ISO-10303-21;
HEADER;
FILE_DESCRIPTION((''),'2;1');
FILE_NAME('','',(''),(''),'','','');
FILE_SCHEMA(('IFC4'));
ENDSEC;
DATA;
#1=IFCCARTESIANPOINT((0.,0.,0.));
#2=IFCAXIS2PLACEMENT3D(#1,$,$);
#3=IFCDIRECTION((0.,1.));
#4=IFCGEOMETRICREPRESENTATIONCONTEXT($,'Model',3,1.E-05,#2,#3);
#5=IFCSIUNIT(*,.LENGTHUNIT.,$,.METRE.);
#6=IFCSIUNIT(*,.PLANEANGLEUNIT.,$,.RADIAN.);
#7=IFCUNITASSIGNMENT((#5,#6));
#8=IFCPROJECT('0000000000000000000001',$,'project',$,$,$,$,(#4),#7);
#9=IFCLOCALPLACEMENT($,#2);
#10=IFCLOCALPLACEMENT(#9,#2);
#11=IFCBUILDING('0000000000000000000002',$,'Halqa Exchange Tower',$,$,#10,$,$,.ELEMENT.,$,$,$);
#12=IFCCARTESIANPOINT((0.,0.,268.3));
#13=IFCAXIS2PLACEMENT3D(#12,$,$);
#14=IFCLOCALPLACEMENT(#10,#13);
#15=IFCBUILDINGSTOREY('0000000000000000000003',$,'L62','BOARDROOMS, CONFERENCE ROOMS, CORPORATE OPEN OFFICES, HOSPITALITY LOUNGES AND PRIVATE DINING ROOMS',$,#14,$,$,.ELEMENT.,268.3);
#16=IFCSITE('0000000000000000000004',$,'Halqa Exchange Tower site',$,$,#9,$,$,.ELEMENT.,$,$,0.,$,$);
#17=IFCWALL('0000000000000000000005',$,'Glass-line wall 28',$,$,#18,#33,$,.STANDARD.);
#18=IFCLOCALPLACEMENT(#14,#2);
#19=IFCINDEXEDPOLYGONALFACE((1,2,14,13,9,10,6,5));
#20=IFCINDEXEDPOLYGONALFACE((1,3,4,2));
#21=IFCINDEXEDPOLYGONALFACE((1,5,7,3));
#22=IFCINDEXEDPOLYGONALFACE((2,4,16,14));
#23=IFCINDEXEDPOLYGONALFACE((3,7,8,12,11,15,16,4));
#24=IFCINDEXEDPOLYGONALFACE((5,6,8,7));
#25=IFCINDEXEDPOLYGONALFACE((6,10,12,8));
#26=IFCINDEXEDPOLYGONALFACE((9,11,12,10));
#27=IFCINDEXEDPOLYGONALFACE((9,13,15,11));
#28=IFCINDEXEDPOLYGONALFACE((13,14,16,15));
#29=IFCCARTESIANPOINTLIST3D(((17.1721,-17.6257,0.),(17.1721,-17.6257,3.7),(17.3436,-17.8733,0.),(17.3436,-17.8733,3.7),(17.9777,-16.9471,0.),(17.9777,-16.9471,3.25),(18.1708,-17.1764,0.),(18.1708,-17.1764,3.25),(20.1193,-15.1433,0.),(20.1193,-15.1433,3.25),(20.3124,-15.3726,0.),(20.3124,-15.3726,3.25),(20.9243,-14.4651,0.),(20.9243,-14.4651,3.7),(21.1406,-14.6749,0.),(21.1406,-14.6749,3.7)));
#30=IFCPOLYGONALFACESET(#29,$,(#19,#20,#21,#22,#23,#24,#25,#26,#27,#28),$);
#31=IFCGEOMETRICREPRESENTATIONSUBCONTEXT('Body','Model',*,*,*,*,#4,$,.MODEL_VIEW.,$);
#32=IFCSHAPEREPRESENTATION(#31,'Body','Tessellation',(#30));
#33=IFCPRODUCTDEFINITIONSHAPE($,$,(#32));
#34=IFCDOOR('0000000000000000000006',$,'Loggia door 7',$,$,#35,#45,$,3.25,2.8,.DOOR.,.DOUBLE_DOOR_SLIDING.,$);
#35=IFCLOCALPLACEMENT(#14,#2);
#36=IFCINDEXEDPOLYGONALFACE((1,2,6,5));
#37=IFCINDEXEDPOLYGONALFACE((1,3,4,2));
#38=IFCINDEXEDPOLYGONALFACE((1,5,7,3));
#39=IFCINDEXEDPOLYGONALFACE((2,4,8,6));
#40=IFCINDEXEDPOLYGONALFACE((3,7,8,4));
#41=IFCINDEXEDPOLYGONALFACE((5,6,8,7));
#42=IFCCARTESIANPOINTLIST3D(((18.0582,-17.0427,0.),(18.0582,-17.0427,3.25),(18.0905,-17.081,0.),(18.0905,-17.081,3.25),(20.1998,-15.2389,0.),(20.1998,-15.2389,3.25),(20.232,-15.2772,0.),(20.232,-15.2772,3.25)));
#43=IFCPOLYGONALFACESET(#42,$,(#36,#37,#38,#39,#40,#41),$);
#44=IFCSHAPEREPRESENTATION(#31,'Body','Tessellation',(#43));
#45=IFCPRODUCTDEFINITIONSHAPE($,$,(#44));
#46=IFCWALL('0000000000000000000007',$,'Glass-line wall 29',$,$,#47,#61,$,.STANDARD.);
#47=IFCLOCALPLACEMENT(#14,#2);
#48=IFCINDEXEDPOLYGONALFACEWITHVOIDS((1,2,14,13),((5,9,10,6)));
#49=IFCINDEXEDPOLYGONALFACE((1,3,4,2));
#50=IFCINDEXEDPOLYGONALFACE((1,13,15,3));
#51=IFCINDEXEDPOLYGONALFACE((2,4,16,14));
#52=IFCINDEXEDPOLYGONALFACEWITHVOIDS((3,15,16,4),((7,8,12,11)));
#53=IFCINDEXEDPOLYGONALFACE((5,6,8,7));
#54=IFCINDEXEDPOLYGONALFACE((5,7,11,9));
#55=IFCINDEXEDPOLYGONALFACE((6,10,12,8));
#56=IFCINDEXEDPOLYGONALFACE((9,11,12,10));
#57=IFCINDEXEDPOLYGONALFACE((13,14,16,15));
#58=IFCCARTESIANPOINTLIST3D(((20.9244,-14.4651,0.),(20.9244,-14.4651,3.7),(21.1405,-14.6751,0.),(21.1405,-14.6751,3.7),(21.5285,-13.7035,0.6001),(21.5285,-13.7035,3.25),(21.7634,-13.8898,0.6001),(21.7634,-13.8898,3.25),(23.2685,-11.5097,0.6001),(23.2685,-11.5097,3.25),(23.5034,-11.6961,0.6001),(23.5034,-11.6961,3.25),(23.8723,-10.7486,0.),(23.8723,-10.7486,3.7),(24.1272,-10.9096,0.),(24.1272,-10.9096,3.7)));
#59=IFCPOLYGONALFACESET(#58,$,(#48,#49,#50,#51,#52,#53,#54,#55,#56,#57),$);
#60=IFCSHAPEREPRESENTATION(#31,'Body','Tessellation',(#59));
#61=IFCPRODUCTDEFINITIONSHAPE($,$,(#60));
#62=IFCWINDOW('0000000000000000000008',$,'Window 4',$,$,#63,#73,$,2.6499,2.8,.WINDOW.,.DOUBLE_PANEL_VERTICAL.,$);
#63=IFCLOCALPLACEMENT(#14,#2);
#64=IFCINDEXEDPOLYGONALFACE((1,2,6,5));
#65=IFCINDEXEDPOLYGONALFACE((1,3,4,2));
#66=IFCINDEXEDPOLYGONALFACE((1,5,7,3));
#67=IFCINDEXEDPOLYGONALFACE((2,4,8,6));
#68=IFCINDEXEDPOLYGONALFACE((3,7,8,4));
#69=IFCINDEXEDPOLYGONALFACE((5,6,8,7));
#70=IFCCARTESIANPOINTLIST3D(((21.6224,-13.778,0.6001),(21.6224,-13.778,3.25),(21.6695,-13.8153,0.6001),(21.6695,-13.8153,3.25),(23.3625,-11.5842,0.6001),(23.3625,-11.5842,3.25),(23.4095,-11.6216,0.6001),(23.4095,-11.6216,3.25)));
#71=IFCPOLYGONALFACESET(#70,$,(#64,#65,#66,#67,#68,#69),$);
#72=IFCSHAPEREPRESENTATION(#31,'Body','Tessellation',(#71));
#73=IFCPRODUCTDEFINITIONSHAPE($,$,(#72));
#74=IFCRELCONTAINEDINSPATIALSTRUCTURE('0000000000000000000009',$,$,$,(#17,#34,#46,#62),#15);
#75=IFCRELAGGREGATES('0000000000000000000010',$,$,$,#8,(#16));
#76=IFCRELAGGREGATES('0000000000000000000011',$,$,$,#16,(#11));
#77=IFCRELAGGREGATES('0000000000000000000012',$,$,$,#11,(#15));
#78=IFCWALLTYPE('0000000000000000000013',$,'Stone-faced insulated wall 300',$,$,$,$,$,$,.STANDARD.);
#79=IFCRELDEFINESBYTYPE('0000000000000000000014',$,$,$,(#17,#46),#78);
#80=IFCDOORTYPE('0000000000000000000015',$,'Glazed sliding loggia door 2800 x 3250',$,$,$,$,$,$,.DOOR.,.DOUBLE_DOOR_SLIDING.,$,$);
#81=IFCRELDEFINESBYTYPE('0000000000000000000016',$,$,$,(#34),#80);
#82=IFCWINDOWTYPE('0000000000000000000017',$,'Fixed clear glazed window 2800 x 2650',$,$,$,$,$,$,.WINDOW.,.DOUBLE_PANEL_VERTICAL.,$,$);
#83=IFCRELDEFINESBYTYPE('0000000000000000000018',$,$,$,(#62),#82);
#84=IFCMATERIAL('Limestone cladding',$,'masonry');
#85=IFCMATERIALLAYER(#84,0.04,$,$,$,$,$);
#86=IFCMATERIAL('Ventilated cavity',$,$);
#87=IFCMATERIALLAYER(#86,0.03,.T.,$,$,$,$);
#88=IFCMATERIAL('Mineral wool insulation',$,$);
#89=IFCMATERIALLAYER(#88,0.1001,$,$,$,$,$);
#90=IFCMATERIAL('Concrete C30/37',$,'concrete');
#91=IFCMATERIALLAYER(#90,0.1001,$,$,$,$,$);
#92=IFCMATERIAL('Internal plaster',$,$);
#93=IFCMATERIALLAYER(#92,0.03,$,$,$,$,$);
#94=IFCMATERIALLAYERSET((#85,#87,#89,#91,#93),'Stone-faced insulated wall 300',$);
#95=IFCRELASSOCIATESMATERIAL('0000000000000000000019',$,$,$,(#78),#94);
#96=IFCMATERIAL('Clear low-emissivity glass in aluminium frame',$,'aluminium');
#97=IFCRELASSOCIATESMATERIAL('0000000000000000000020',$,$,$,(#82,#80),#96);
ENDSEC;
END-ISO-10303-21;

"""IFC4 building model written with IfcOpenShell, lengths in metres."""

from ifc_helpers import new_model, si_unit, direction, frame, frame_2d, origin, place, context, subcontext, project, spatial, polyline, rectangle, outline, extrude, material, layer, layer_set, type_object, element, fill, save


model = new_model("IFC4")

# Units and contexts
model_context = context("Model", 3, precision=1e-05, world=origin(), true_north=direction((0.0, 1.0)))
body_context = subcontext(model_context, "Body", "Model", "MODEL_VIEW")
ifc_project = project(units=[si_unit("LENGTHUNIT", "METRE"), si_unit("PLANEANGLEUNIT", "RADIAN")], contexts=[model_context])

# Site, building, storey
site_placement = place(None, origin())
site = spatial("IfcSite", under=ifc_project, at=site_placement, Name="Halqa Exchange Tower site", CompositionType="ELEMENT", RefElevation=0.0)
building_placement = place(site_placement, origin())
building = spatial("IfcBuilding", under=site, at=building_placement, Name="Halqa Exchange Tower", CompositionType="ELEMENT")
storey_placement = place(building_placement, frame((0.0, 0.0, 268.3)))
storey = spatial("IfcBuildingStorey", under=building, at=storey_placement, Name="L62", Description="BOARDROOMS, CONFERENCE ROOMS, CORPORATE OPEN OFFICES, HOSPITALITY LOUNGES AND PRIVATE DINING ROOMS", CompositionType="ELEMENT", Elevation=268.3)

# Shared definitions
ifc_material_1 = material(Name="Limestone cladding", Category="masonry")
ifc_layer_1 = layer(ifc_material_1, 0.04)
ifc_material_2 = material(Name="Ventilated cavity")
ifc_layer_2 = layer(ifc_material_2, 0.03, ventilated=True)
ifc_material_3 = material(Name="Mineral wool insulation")
ifc_layer_3 = layer(ifc_material_3, 0.1001)
ifc_material_4 = material(Name="Concrete C30/37", Category="concrete")
ifc_layer_4 = layer(ifc_material_4, 0.1001)
ifc_material_5 = material(Name="Internal plaster")
ifc_layer_5 = layer(ifc_material_5, 0.03)
ifc_layer_set_1 = layer_set([ifc_layer_1, ifc_layer_2, ifc_layer_3, ifc_layer_4, ifc_layer_5], Name="Stone-faced insulated wall 300")
wall_type_1 = type_object("IfcWallType", Name="Stone-faced insulated wall 300", PredefinedType="STANDARD", material=ifc_layer_set_1)
ifc_material_6 = material(Name="Clear low-emissivity glass in aluminium frame", Category="aluminium")
window_type = type_object("IfcWindowType", Name="Fixed clear glazed window 2800 x 2650", PartitioningType="DOUBLE_PANEL_VERTICAL", PredefinedType="WINDOW", material=ifc_material_6)

# Wall, opening, door
wall_1_placement = place(storey_placement, frame((17.2578, -17.7495, 0.0), z_axis=(0.0, 0.0, 1.0), x_axis=(0.764833, 0.644229, 0.0)))
wall_1 = element("IfcWall", 1, at=wall_1_placement, inside=storey, type_object=wall_type_1, Name="Glass-line wall 28", PredefinedType="STANDARD", context=body_context, shape_type="SweptSolid", body=[
    extrude(outline(polyline([(-0.0142, -0.1499), (4.9504, -0.1499), (4.9202, 0.1499), (0.0142, 0.1499), (-0.0142, -0.1499)])), origin(), (0.0, 0.0, 1.0), 3.7),
])
opening_1_placement = place(wall_1_placement, frame((1.0676, 0.0, 0.0)))
opening_1 = element("IfcOpeningElement", 2, at=opening_1_placement, cuts=wall_1, PredefinedType="OPENING", context=body_context, shape_type="SweptSolid", body=[
    extrude(rectangle(XDim=2.8, YDim=3.25, at=frame_2d((1.3999, 1.625))), frame((0.0, 0.1621, 0.0), z_axis=(0.0, -1.0, 0.0), x_axis=(1.0, 0.0, 0.0)), (0.0, 0.0, 1.0), 0.324),
])
door_type_1 = type_object("IfcDoorType", Name="Glazed sliding loggia door 2800 x 3250", OperationType="DOUBLE_DOOR_SLIDING", PredefinedType="DOOR", material=ifc_material_6)
door_1_placement = place(opening_1_placement, origin())
door_1 = element("IfcDoor", 3, at=door_1_placement, inside=storey, type_object=door_type_1, Name="Loggia door 7", OperationType="DOUBLE_DOOR_SLIDING", OverallHeight=3.25, OverallWidth=2.8, PredefinedType="DOOR", context=body_context, shape_type="SweptSolid", body=[
    extrude(rectangle(XDim=2.8, YDim=3.25, at=frame_2d((1.3999, 1.625))), frame((0.0, 0.0249, 0.0), z_axis=(0.0, -1.0, 0.0), x_axis=(1.0, 0.0, 0.0)), (0.0, 0.0, 1.0), 0.05),
])
fill(opening_1, door_1)

# Wall, opening, window
wall_2_placement = place(storey_placement, frame((21.0325, -14.5701, 0.0), z_axis=(0.0, 0.0, 1.0), x_axis=(0.621435, 0.783466, 0.0)))
wall_2 = element("IfcWall", 4, at=wall_2_placement, inside=storey, type_object=wall_type_1, Name="Glass-line wall 29", PredefinedType="STANDARD", context=body_context, shape_type="SweptSolid", body=[
    extrude(outline(polyline([(-0.0151, -0.1499), (4.791, -0.1499), (4.7588, 0.1499), (0.0151, 0.1499), (-0.0151, -0.1499)])), origin(), (0.0, 0.0, 1.0), 3.7),
])
opening_2_placement = place(wall_2_placement, frame((0.9873, 0.0, 0.6001)))
opening_2 = element("IfcOpeningElement", 5, at=opening_2_placement, cuts=wall_2, PredefinedType="OPENING", context=body_context, shape_type="SweptSolid", body=[
    extrude(rectangle(XDim=2.8, YDim=2.6499, at=frame_2d((1.3999, 1.325))), frame((0.0, 0.1621, 0.0), z_axis=(0.0, -1.0, 0.0), x_axis=(1.0, 0.0, 0.0)), (0.0, 0.0, 1.0), 0.324),
])
window_1_placement = place(opening_2_placement, origin())
window_1 = element("IfcWindow", 6, at=window_1_placement, inside=storey, type_object=window_type, Name="Window 4", OverallHeight=2.6499, OverallWidth=2.8, PartitioningType="DOUBLE_PANEL_VERTICAL", PredefinedType="WINDOW", context=body_context, shape_type="SweptSolid", body=[
    extrude(rectangle(XDim=2.8, YDim=2.6499, at=frame_2d((1.3999, 1.325))), frame((0.0, 0.03, 0.0), z_axis=(0.0, -1.0, 0.0), x_axis=(1.0, 0.0, 0.0)), (0.0, 0.0, 1.0), 0.0601),
])
fill(opening_2, window_1)

save(model, "model.ifc")
